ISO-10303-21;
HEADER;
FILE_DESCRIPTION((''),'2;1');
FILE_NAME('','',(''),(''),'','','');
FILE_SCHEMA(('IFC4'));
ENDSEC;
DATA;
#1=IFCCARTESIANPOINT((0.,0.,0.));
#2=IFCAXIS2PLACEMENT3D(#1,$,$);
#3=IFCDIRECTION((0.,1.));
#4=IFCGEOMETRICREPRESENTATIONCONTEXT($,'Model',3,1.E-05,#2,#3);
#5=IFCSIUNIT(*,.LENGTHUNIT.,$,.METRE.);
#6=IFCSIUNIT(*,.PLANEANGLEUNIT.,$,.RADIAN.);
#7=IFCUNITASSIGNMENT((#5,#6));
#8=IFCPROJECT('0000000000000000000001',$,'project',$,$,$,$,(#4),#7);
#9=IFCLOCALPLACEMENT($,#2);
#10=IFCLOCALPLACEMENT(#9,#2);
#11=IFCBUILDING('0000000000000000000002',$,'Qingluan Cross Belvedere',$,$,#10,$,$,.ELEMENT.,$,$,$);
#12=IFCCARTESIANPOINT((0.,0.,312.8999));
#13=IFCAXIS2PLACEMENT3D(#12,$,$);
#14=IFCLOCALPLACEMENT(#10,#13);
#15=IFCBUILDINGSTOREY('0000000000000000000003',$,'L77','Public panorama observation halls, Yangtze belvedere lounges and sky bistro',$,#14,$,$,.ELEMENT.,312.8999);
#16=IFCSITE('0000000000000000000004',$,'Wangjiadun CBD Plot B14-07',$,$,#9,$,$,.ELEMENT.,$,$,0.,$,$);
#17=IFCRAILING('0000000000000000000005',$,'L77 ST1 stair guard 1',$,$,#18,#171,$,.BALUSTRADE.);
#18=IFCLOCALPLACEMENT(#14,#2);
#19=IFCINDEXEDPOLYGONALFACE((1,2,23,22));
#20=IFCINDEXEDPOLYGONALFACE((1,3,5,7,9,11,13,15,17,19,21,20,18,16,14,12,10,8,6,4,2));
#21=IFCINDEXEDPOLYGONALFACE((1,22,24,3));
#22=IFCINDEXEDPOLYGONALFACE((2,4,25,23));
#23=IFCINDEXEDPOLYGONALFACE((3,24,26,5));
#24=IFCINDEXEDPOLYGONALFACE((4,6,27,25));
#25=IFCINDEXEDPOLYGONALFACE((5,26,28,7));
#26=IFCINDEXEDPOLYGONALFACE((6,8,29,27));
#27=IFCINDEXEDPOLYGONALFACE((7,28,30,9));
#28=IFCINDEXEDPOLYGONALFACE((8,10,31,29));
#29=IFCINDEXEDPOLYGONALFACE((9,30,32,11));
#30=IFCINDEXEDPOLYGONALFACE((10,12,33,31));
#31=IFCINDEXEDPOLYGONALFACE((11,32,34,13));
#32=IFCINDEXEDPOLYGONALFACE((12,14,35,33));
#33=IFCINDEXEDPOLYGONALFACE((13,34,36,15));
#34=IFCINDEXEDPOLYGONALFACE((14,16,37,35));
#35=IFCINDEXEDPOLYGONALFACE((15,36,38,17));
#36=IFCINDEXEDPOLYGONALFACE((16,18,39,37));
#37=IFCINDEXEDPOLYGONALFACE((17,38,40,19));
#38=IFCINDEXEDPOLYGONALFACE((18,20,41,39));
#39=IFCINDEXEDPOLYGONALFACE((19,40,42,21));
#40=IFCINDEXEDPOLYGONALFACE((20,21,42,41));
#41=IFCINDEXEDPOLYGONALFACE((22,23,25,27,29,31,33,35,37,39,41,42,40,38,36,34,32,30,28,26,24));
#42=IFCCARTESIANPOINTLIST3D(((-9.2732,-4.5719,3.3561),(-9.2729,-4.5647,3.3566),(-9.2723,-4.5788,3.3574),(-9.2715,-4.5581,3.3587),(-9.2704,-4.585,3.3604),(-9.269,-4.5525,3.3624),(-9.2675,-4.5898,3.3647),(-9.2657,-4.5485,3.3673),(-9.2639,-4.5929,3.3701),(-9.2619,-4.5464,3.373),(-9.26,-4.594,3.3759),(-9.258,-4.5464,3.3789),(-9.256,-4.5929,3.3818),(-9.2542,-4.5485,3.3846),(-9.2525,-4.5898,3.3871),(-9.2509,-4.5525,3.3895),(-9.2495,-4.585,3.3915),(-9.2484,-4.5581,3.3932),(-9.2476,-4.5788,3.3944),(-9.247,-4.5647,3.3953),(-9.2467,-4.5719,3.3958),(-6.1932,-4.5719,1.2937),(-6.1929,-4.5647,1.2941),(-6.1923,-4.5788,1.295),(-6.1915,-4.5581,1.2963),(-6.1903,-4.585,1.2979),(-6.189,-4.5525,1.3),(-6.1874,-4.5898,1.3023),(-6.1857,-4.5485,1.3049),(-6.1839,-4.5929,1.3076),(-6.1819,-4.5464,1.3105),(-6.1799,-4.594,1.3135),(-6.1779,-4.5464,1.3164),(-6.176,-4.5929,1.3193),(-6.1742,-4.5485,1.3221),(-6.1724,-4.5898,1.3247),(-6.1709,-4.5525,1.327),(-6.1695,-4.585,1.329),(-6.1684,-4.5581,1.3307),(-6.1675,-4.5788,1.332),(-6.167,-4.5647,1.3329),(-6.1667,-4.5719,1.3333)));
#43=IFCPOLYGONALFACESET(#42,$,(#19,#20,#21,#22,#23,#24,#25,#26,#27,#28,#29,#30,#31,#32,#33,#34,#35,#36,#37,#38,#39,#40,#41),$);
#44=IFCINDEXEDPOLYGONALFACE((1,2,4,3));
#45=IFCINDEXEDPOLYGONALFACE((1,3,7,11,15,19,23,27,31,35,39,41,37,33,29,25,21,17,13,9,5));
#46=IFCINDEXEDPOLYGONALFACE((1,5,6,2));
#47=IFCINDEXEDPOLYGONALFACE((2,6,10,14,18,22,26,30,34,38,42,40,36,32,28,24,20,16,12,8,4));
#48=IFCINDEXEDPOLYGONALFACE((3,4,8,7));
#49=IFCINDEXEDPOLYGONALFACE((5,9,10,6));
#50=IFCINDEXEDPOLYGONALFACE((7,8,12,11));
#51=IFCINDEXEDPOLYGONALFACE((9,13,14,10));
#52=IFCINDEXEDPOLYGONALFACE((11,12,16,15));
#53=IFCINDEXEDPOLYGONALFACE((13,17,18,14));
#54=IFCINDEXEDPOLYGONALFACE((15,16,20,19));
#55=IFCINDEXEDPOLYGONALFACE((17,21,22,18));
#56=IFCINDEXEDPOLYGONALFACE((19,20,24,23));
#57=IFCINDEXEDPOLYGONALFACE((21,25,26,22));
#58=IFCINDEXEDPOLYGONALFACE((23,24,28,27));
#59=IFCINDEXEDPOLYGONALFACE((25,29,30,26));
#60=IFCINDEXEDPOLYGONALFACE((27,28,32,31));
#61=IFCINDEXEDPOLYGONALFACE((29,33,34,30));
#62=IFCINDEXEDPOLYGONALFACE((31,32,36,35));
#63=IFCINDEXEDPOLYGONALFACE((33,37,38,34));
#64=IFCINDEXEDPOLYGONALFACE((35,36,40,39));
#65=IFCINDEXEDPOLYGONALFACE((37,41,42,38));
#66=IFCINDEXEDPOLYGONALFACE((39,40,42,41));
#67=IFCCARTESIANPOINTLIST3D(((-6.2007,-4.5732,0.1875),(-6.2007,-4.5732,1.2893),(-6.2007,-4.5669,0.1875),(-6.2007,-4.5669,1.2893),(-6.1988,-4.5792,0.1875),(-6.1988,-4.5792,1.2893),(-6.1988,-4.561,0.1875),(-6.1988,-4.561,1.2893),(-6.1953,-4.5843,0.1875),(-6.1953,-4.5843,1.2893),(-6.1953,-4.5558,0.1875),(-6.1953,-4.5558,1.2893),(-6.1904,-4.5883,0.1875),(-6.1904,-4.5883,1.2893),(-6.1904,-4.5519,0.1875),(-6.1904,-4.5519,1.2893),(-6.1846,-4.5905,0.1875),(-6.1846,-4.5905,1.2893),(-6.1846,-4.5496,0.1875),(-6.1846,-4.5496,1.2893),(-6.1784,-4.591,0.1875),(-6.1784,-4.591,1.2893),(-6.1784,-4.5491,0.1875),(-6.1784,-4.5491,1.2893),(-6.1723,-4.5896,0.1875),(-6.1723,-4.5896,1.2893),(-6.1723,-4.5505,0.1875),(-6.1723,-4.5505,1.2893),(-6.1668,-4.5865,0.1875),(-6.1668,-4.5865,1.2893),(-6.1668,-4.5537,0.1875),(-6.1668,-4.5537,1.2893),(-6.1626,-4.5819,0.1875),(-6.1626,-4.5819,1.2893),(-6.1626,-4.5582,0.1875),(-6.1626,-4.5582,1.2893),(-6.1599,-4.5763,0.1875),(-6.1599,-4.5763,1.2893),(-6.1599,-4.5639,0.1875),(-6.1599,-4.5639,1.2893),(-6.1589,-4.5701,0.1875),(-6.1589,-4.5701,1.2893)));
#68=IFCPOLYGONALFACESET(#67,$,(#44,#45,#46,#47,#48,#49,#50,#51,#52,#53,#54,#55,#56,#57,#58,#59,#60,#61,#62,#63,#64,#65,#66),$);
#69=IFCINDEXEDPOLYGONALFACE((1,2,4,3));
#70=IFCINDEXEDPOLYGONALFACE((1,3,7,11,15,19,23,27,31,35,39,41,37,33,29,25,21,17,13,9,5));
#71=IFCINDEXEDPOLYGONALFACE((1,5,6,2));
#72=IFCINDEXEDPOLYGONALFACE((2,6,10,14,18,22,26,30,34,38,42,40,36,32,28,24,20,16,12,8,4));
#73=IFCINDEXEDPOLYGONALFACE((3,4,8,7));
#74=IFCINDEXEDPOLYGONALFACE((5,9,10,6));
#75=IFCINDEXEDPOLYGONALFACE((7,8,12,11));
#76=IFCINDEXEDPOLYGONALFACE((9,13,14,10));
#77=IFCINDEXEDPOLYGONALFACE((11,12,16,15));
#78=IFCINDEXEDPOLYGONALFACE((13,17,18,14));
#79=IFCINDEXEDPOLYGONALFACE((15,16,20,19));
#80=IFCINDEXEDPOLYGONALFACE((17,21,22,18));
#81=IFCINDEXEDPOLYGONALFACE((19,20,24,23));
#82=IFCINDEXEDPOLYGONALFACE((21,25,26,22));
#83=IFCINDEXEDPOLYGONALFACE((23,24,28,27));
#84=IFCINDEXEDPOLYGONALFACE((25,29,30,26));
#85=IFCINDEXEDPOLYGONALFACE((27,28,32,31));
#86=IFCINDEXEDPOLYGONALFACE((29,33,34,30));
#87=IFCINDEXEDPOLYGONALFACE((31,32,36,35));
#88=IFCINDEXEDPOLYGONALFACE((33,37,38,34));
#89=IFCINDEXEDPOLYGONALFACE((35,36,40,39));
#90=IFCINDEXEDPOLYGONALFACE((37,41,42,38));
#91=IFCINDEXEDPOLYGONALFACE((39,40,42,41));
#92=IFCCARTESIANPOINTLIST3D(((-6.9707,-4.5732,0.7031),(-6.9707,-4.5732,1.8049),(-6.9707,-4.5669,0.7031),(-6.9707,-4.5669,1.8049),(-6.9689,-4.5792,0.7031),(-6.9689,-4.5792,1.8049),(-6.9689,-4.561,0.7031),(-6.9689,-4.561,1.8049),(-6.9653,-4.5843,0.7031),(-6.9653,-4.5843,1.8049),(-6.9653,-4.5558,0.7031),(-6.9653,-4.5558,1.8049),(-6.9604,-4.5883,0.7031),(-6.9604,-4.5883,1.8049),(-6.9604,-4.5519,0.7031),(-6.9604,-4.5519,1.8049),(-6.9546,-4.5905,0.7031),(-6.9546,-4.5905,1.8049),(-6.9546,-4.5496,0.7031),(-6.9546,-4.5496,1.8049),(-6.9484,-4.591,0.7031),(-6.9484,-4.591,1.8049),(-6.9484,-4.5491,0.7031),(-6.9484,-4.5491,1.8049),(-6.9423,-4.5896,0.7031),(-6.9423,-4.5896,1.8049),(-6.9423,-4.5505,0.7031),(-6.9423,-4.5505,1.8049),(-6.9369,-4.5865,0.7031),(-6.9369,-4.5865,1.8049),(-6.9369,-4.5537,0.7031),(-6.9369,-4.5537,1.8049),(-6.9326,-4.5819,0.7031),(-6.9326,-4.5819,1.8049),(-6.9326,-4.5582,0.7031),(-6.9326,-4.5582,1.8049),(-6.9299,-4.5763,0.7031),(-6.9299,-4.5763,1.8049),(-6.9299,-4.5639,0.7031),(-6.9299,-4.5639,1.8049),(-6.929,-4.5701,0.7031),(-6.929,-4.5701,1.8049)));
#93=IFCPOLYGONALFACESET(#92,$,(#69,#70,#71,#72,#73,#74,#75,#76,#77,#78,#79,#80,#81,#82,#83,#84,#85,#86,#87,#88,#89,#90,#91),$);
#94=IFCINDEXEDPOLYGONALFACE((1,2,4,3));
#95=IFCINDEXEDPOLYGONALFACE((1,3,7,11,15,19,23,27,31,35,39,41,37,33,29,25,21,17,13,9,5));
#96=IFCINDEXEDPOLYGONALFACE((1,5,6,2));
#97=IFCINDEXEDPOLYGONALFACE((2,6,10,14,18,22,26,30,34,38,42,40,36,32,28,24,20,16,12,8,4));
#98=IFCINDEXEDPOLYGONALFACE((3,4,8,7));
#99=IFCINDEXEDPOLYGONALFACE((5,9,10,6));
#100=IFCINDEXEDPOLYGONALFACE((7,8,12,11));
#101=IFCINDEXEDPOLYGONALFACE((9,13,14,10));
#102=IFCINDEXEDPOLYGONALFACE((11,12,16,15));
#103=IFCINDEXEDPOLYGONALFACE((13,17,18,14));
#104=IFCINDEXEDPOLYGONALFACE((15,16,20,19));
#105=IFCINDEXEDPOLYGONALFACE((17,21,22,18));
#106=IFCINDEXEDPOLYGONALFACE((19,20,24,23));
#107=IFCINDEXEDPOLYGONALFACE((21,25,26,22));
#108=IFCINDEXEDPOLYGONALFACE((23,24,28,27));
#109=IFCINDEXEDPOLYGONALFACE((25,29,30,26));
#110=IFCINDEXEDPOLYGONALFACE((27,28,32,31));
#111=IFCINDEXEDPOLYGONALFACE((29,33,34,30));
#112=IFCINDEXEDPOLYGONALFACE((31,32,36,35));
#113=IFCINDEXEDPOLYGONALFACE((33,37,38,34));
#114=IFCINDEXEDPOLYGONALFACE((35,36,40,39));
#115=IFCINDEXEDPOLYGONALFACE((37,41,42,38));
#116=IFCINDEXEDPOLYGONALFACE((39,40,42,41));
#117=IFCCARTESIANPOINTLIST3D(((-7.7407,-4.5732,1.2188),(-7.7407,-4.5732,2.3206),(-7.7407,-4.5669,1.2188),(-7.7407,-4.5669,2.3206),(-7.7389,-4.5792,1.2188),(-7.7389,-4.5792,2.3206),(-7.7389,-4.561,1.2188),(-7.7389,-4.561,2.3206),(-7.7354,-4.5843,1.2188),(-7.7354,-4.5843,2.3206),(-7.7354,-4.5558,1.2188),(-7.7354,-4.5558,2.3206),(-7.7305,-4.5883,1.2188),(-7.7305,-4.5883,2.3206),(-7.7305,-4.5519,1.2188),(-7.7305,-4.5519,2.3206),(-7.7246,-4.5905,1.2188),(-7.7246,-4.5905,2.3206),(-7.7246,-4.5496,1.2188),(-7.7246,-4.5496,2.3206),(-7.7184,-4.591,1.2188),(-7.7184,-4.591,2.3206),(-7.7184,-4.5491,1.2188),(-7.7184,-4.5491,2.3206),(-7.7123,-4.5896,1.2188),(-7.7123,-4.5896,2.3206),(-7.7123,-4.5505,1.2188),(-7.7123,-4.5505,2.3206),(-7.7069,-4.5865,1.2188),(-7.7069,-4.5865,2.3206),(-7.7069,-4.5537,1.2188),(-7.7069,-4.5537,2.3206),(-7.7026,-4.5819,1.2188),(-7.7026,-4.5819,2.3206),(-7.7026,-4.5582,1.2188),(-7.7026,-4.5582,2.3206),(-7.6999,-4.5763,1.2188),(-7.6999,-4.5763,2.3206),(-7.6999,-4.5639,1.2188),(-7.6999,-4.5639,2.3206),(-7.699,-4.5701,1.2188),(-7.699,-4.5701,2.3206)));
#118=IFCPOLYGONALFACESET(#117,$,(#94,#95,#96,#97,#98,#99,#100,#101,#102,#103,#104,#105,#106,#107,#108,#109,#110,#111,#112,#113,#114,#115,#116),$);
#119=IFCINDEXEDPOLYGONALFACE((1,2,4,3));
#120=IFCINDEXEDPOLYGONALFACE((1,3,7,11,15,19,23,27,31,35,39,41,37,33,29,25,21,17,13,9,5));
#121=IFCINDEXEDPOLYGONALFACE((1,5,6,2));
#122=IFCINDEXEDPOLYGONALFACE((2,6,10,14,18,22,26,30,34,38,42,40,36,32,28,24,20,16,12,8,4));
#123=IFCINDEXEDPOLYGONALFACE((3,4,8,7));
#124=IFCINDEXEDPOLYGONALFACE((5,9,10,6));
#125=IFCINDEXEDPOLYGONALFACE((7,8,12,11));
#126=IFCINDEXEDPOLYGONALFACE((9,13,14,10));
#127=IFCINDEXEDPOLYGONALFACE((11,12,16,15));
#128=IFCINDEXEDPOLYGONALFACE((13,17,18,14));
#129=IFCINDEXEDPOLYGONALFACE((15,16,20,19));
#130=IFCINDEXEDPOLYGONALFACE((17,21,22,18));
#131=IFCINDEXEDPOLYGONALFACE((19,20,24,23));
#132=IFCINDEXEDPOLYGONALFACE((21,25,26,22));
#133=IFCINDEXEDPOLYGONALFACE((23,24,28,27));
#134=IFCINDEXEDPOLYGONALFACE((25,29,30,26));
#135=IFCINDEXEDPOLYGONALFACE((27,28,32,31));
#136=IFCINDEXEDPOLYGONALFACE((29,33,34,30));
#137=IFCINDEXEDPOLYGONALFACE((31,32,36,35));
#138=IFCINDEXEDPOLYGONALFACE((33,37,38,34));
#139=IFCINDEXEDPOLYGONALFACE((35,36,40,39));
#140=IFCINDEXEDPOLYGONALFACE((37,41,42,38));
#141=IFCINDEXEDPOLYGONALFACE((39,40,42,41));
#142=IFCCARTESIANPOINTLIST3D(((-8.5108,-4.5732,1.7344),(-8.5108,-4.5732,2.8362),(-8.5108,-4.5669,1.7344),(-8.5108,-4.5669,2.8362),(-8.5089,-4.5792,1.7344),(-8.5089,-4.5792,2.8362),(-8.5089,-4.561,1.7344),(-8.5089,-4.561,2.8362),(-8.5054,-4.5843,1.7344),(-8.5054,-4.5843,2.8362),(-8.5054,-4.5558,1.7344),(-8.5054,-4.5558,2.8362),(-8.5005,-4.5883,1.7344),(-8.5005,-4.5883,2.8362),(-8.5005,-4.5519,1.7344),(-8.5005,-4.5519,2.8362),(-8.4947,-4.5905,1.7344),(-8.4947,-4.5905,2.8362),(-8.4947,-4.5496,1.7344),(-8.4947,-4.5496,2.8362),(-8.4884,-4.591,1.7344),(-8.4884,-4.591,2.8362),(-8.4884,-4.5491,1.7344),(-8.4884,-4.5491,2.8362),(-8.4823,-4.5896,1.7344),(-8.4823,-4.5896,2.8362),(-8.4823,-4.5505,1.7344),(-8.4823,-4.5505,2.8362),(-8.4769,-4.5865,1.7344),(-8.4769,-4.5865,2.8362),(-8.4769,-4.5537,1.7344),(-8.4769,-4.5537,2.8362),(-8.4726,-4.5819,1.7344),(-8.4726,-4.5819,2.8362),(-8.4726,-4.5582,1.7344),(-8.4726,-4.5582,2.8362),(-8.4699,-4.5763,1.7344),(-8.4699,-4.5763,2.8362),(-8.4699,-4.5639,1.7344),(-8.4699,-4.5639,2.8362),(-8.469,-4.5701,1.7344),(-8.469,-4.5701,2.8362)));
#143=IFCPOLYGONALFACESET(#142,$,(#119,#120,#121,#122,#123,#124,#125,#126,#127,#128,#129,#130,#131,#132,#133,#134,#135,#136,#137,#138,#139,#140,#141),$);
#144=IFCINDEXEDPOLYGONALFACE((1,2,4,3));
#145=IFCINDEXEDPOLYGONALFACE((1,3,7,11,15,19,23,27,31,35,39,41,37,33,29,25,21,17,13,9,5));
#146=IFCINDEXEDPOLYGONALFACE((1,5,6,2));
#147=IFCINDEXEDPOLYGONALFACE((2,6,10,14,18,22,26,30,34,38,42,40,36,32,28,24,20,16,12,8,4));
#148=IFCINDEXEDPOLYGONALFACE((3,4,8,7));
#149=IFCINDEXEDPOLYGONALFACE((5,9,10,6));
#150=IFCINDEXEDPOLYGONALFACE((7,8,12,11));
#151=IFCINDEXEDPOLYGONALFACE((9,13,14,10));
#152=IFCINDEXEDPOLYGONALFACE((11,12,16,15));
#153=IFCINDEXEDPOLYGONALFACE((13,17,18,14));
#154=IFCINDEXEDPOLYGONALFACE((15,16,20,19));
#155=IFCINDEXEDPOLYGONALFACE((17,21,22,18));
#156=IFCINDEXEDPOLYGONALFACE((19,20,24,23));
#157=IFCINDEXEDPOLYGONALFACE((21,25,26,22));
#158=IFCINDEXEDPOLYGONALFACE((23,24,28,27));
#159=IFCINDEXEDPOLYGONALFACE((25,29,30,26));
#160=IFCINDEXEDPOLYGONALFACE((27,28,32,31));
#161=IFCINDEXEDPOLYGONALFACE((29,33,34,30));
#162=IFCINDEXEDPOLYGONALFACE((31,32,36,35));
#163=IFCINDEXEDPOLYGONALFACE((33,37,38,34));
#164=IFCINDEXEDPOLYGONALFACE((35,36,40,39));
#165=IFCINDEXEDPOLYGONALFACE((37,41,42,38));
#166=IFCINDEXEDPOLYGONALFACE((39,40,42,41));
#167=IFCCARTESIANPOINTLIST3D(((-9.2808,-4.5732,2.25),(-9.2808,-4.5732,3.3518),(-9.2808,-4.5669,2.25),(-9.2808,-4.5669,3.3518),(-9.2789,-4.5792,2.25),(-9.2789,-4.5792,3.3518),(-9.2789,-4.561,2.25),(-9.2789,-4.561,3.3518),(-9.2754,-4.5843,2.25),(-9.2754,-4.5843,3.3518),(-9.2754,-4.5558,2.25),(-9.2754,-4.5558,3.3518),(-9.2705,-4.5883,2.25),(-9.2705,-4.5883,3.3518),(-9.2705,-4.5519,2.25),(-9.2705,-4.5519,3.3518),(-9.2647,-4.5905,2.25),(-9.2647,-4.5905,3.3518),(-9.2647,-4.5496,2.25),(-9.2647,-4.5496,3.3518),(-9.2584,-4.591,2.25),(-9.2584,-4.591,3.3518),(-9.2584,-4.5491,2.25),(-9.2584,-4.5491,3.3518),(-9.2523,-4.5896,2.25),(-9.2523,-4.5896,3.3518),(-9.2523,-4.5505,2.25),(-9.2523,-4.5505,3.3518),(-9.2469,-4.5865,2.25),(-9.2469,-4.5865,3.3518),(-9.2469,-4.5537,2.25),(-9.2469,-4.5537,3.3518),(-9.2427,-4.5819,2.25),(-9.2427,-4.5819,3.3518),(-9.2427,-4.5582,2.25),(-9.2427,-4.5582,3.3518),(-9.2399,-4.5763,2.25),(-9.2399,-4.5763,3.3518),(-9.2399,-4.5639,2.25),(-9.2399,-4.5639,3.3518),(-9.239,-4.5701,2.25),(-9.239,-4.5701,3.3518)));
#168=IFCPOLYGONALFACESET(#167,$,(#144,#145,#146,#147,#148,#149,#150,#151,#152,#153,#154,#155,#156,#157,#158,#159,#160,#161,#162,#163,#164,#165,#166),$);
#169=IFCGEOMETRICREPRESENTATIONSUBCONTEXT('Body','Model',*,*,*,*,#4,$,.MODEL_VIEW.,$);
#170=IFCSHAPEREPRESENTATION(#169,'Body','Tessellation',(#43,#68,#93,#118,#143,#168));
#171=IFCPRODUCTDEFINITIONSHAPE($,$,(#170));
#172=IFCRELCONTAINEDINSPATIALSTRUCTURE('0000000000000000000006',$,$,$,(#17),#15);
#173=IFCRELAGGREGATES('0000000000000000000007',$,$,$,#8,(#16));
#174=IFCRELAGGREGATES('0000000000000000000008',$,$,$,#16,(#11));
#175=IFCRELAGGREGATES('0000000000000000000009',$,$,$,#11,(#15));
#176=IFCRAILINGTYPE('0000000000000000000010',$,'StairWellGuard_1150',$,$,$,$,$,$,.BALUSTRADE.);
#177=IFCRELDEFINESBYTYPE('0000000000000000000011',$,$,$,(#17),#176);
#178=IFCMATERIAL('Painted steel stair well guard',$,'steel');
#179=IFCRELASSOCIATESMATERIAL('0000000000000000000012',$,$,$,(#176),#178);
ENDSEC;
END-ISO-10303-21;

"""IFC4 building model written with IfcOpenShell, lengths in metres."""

from ifc_helpers import new_model, si_unit, direction, frame, origin, origin_2d, place, context, subcontext, project, spatial, circle, extrude, material, type_object, element, save


model = new_model("IFC4")

# Units and contexts
model_context = context("Model", 3, precision=1e-05, world=origin(), true_north=direction((0.0, 1.0)))
body_context = subcontext(model_context, "Body", "Model", "MODEL_VIEW")
ifc_project = project(units=[si_unit("LENGTHUNIT", "METRE"), si_unit("PLANEANGLEUNIT", "RADIAN")], contexts=[model_context])

# Site, building, storey
site_placement = place(None, origin())
site = spatial("IfcSite", under=ifc_project, at=site_placement, Name="Wangjiadun CBD Plot B14-07", CompositionType="ELEMENT", RefElevation=0.0)
building_placement = place(site_placement, origin())
building = spatial("IfcBuilding", under=site, at=building_placement, Name="Qingluan Cross Belvedere", CompositionType="ELEMENT")
storey_placement = place(building_placement, frame((0.0, 0.0, 312.8999)))
storey = spatial("IfcBuildingStorey", under=building, at=storey_placement, Name="L77", Description="Public panorama observation halls, Yangtze belvedere lounges and sky bistro", CompositionType="ELEMENT", Elevation=312.8999)

# Railing
ifc_material_1 = material(Name="Painted steel stair well guard", Category="steel")
railing_type_1 = type_object("IfcRailingType", Name="StairWellGuard_1150", PredefinedType="BALUSTRADE", material=ifc_material_1)
railing_1_placement = place(storey_placement, frame((-6.1799, -4.5701, 0.1875)))
element("IfcRailing", 1, at=railing_1_placement, inside=storey, type_object=railing_type_1, Name="L77 ST1 stair guard 1", PredefinedType="BALUSTRADE", context=body_context, shape_type="SweptSolid", body=[
    extrude(circle(Radius=0.0239, at=origin_2d()), frame((0.0, 0.0, 1.126), z_axis=(-0.830914, 0.0, 0.556401), x_axis=(0.0, -1.0, 0.0)), (0.0, 0.0, 1.0), 3.7068),
    extrude(circle(Radius=0.021, at=origin_2d()), origin(), (0.0, 0.0, 1.0), 1.1018),
    extrude(circle(Radius=0.021, at=origin_2d()), frame((-0.77, 0.0, 0.5156)), (0.0, 0.0, 1.0), 1.1018),
    extrude(circle(Radius=0.021, at=origin_2d()), frame((-1.54, 0.0, 1.0312)), (0.0, 0.0, 1.0), 1.1018),
    extrude(circle(Radius=0.021, at=origin_2d()), frame((-2.3101, 0.0, 1.5469)), (0.0, 0.0, 1.0), 1.1018),
    extrude(circle(Radius=0.021, at=origin_2d()), frame((-3.0801, 0.0, 2.0625)), (0.0, 0.0, 1.0), 1.1018),
])

save(model, "model.ifc")
